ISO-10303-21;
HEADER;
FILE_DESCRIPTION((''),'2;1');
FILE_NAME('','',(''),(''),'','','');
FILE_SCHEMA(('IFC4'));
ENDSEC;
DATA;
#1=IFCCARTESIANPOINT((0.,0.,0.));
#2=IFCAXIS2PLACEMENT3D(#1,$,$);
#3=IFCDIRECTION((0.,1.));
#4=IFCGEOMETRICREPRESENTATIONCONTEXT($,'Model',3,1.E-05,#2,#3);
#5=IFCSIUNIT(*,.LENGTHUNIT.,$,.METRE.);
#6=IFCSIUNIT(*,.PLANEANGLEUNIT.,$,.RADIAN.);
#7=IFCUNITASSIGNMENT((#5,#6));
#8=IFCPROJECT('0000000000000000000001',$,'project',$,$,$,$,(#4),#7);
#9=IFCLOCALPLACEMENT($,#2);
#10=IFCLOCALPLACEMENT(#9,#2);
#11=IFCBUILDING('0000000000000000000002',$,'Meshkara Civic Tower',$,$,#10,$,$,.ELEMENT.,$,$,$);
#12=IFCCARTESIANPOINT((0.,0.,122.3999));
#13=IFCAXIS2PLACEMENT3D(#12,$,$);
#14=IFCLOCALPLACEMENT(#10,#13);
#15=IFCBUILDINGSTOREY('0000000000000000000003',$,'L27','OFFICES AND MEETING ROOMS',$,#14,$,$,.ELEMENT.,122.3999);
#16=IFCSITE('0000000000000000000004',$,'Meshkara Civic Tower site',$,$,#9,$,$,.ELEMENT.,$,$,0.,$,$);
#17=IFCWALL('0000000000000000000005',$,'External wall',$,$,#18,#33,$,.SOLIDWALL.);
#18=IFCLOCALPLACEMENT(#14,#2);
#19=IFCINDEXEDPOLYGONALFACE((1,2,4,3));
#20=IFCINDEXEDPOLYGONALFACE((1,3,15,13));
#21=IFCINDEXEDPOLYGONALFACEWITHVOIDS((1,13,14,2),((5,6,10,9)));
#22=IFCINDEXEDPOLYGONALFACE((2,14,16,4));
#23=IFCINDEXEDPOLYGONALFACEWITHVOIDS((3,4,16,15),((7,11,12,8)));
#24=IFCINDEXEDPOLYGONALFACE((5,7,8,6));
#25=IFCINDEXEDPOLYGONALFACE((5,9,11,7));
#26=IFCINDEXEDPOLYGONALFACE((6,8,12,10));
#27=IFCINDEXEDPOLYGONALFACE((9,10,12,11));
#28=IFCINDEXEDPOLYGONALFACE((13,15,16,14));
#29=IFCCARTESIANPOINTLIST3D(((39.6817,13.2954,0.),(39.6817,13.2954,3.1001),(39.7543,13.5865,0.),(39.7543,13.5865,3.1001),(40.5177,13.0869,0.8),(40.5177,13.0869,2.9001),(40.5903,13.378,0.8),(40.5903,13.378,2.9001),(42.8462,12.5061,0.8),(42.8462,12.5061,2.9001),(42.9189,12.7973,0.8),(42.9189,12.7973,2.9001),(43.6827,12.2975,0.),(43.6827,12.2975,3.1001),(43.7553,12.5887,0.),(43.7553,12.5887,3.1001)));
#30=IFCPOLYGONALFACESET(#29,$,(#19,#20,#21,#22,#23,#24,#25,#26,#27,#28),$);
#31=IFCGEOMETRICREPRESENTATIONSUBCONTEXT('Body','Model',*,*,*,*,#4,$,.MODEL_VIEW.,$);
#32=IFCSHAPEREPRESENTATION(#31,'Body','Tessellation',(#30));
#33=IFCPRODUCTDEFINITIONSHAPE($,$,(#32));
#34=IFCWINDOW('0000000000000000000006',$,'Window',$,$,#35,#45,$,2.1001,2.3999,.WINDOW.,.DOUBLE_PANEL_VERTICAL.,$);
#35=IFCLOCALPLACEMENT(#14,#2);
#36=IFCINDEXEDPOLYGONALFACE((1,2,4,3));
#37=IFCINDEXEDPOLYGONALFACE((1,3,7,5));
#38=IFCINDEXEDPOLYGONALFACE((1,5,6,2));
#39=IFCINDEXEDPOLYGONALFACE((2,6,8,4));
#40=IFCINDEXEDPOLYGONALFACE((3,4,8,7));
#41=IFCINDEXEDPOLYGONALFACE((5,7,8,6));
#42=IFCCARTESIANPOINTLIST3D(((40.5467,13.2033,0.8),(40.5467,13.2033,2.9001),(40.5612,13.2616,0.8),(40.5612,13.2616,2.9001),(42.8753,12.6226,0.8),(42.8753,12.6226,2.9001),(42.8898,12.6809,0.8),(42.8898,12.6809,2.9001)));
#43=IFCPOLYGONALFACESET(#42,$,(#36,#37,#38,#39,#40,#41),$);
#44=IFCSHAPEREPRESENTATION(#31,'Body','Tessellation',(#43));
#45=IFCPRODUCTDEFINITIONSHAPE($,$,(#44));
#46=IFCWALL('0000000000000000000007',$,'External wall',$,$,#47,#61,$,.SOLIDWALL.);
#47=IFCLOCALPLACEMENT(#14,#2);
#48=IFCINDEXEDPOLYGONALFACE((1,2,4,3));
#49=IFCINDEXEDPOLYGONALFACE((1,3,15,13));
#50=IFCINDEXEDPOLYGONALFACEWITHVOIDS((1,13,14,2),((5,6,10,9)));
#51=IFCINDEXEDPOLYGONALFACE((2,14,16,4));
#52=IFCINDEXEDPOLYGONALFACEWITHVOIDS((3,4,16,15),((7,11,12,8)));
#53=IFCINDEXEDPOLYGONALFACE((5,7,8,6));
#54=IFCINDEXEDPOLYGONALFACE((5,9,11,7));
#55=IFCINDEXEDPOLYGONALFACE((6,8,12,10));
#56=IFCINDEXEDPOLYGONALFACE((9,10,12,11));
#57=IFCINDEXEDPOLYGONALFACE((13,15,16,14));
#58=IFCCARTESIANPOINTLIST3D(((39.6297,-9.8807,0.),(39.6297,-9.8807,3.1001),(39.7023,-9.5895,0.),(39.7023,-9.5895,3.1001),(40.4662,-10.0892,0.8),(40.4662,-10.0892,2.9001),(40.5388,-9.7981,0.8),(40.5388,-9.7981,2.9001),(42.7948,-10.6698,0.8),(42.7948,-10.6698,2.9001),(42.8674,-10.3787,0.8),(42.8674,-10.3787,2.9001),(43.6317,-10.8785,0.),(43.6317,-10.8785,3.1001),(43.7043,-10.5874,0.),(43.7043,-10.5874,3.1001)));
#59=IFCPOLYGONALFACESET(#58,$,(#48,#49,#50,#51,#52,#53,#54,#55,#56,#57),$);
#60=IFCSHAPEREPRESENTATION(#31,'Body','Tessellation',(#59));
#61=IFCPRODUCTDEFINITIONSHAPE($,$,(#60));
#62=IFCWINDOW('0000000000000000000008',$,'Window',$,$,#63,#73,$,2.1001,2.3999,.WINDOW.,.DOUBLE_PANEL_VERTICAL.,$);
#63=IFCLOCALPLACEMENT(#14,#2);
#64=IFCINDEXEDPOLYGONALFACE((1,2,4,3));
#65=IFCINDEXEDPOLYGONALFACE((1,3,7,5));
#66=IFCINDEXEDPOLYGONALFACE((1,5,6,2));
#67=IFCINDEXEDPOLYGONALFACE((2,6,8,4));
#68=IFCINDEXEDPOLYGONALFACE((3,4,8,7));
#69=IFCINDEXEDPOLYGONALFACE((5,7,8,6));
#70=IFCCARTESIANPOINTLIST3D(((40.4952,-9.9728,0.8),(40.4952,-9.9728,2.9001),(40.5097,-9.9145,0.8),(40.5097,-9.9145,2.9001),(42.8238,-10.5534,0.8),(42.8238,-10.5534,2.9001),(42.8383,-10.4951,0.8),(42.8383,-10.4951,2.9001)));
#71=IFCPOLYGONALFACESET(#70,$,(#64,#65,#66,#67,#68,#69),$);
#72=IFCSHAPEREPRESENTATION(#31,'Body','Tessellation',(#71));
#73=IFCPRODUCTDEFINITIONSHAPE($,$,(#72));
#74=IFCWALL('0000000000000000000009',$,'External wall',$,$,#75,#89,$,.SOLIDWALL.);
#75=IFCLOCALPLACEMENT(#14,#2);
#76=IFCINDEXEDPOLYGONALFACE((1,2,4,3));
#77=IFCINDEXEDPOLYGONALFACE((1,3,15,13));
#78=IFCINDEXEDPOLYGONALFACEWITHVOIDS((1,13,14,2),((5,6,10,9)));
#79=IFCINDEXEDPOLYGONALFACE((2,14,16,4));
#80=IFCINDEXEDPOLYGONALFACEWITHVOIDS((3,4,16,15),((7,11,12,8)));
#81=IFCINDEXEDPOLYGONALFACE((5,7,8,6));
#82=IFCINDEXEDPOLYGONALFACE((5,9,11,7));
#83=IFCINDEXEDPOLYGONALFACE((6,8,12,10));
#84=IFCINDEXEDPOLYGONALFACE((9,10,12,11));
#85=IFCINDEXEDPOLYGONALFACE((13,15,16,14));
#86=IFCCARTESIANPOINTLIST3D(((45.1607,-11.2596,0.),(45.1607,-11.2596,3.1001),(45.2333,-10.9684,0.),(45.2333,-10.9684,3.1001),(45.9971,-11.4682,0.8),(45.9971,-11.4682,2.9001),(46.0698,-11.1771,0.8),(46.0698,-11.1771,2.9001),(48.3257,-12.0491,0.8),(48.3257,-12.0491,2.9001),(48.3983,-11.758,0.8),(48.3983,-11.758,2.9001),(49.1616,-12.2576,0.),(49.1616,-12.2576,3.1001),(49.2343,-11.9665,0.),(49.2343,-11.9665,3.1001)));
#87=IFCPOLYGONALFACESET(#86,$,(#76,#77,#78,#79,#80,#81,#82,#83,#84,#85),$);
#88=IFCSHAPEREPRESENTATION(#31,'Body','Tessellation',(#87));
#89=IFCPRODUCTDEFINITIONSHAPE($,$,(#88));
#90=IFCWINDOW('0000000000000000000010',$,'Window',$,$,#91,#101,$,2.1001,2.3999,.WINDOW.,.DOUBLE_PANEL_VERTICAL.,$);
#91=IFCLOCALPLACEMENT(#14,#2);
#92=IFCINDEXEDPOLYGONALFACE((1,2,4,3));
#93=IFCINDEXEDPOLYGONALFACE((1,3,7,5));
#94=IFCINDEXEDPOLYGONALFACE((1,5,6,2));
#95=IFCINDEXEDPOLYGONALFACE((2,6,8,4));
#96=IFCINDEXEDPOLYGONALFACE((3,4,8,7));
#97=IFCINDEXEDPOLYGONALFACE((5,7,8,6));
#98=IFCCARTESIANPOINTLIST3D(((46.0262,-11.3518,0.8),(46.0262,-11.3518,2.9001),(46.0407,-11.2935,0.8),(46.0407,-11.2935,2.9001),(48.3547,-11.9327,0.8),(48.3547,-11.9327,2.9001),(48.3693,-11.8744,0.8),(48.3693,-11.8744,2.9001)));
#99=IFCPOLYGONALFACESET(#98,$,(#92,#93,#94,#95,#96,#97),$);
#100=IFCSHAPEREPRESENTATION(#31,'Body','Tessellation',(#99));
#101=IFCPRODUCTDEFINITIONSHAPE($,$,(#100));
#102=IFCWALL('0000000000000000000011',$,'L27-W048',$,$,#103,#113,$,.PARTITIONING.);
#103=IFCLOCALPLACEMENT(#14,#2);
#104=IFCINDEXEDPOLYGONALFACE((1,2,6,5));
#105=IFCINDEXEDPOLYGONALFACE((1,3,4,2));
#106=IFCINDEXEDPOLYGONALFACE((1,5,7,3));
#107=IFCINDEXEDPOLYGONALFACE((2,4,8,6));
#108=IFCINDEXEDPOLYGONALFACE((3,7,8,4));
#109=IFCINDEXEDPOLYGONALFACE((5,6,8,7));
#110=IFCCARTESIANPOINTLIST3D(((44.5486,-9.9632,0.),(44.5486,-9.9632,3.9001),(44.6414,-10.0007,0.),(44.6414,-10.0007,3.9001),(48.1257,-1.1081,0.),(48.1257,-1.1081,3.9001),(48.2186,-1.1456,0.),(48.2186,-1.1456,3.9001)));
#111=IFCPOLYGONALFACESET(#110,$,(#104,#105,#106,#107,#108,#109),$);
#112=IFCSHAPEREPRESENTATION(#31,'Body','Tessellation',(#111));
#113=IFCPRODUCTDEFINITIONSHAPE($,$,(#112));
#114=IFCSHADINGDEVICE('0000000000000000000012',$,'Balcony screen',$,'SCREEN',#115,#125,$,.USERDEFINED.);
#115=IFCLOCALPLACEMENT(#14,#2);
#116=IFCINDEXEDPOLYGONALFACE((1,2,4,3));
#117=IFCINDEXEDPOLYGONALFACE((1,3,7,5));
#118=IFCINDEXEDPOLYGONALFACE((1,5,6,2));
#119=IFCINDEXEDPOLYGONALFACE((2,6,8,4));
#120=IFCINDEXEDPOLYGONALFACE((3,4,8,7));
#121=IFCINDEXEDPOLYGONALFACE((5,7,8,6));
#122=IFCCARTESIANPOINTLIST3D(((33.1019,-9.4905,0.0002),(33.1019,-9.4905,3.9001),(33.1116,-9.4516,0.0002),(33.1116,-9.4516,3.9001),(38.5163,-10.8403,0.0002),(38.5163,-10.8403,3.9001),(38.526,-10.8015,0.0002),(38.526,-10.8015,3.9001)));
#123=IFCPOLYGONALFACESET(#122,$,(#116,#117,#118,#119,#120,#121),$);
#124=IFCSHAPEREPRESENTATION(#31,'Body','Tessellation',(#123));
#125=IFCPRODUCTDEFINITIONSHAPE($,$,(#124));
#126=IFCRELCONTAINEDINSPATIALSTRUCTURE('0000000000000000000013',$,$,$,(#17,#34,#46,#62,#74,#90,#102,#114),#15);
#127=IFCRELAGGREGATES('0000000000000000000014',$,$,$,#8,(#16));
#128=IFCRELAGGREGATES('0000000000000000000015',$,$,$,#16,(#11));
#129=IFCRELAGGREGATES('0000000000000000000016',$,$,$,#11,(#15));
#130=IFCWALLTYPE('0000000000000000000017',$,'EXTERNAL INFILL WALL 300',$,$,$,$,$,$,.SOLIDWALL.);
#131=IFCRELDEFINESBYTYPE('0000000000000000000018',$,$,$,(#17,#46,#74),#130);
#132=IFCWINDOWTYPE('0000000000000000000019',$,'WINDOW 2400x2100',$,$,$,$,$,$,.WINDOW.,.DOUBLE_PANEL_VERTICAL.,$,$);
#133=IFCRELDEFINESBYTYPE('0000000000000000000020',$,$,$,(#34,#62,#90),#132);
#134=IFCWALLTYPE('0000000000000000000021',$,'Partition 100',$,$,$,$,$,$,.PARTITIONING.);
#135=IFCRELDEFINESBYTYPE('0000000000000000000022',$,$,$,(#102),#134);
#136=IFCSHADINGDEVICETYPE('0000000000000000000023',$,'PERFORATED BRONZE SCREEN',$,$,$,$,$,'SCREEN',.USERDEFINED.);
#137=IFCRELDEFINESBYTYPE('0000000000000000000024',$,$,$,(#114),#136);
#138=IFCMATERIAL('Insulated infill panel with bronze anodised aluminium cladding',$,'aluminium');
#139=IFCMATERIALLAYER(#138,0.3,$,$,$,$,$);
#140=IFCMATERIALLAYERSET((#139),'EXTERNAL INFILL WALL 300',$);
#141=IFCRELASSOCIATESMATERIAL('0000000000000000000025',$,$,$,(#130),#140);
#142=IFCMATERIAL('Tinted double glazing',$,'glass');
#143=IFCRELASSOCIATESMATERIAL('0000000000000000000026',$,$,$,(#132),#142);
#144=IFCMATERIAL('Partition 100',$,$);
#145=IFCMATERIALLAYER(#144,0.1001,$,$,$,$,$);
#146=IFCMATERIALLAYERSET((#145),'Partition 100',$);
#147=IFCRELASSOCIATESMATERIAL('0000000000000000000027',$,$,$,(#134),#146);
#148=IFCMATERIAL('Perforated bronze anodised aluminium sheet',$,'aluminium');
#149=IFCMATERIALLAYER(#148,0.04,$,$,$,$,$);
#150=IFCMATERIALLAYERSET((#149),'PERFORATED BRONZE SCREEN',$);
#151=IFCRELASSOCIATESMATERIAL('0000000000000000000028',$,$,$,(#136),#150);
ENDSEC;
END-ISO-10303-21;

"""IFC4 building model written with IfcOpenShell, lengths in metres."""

from ifc_helpers import new_model, si_unit, direction, frame, frame_2d, origin, origin_2d, place, context, subcontext, project, spatial, rectangle, extrude, material, layer, layer_set, type_object, element, fill, save


model = new_model("IFC4")

# Units and contexts
model_context = context("Model", 3, precision=1e-05, world=origin(), true_north=direction((0.0, 1.0)))
body_context = subcontext(model_context, "Body", "Model", "MODEL_VIEW")
ifc_project = project(units=[si_unit("LENGTHUNIT", "METRE"), si_unit("PLANEANGLEUNIT", "RADIAN")], contexts=[model_context])

# Site, building, storey
site_placement = place(None, origin())
site = spatial("IfcSite", under=ifc_project, at=site_placement, Name="Meshkara Civic Tower site", CompositionType="ELEMENT", RefElevation=0.0)
building_placement = place(site_placement, origin())
building = spatial("IfcBuilding", under=site, at=building_placement, Name="Meshkara Civic Tower", CompositionType="ELEMENT")
storey_placement = place(building_placement, frame((0.0, 0.0, 122.3999)))
storey = spatial("IfcBuildingStorey", under=building, at=storey_placement, Name="L27", Description="OFFICES AND MEETING ROOMS", CompositionType="ELEMENT", Elevation=122.3999)

# Walls, openings, windows
ifc_material_1 = material(Name="Insulated infill panel with bronze anodised aluminium cladding", Category="aluminium")
ifc_layer_1 = layer(ifc_material_1, 0.3)
ifc_layer_set_1 = layer_set([ifc_layer_1], Name="EXTERNAL INFILL WALL 300")
wall_type_1 = type_object("IfcWallType", Name="EXTERNAL INFILL WALL 300", PredefinedType="SOLIDWALL", material=ifc_layer_set_1)
wall_1_placement = place(storey_placement, frame((43.719, 12.4431, 0.0), z_axis=(0.0, 0.0, 1.0), x_axis=(-0.970282, 0.241978, 0.0)))
wall_1 = element("IfcWall", 1, at=wall_1_placement, inside=storey, type_object=wall_type_1, Name="External wall", PredefinedType="SOLIDWALL", context=body_context, shape_type="SweptSolid", body=[
    extrude(rectangle(XDim=4.1235, YDim=0.3, at=frame_2d((2.0618, 0.0))), origin(), (0.0, 0.0, 1.0), 3.1001),
])
opening_1_placement = place(wall_1_placement, frame((0.8621, 0.0, 0.8)))
opening_1 = element("IfcOpeningElement", 2, at=opening_1_placement, cuts=wall_1, PredefinedType="OPENING", context=body_context, shape_type="SweptSolid", body=[
    extrude(rectangle(XDim=2.3999, YDim=2.1001, at=frame_2d((1.2, 1.05))), frame((0.0, 0.1599, 0.0), z_axis=(0.0, -1.0, 0.0), x_axis=(1.0, 0.0, 0.0)), (0.0, 0.0, 1.0), 0.3201),
])
ifc_material_2 = material(Name="Tinted double glazing", Category="glass")
window_type = type_object("IfcWindowType", Name="WINDOW 2400x2100", PartitioningType="DOUBLE_PANEL_VERTICAL", PredefinedType="WINDOW", material=ifc_material_2)
window_1_placement = place(opening_1_placement, origin())
window_1 = element("IfcWindow", 3, at=window_1_placement, inside=storey, type_object=window_type, Name="Window", OverallHeight=2.1001, OverallWidth=2.3999, PartitioningType="DOUBLE_PANEL_VERTICAL", PredefinedType="WINDOW", context=body_context, shape_type="SweptSolid", body=[
    extrude(rectangle(XDim=2.3999, YDim=2.1001, at=frame_2d((1.2, 1.05))), frame((0.0, 0.03, 0.0), z_axis=(0.0, -1.0, 0.0), x_axis=(1.0, 0.0, 0.0)), (0.0, 0.0, 1.0), 0.0601),
])
fill(opening_1, window_1)
wall_2_placement = place(storey_placement, frame((39.666, -9.7351, 0.0), z_axis=(0.0, 0.0, 1.0), x_axis=(0.970296, -0.241923, 0.0)))
wall_2 = element("IfcWall", 4, at=wall_2_placement, inside=storey, type_object=wall_type_1, Name="External wall", PredefinedType="SOLIDWALL", context=body_context, shape_type="SweptSolid", body=[
    extrude(rectangle(XDim=4.1245, YDim=0.3, at=frame_2d((2.0623, 0.0))), origin(), (0.0, 0.0, 1.0), 3.1001),
])
opening_2_placement = place(wall_2_placement, frame((0.8621, 0.0, 0.8)))
opening_2 = element("IfcOpeningElement", 5, at=opening_2_placement, cuts=wall_2, PredefinedType="OPENING", context=body_context, shape_type="SweptSolid", body=[
    extrude(rectangle(XDim=2.3999, YDim=2.1001, at=frame_2d((1.2, 1.05))), frame((0.0, 0.1599, 0.0), z_axis=(0.0, -1.0, 0.0), x_axis=(1.0, 0.0, 0.0)), (0.0, 0.0, 1.0), 0.3201),
])
window_2_placement = place(opening_2_placement, origin())
window_2 = element("IfcWindow", 6, at=window_2_placement, inside=storey, type_object=window_type, Name="Window", OverallHeight=2.1001, OverallWidth=2.3999, PartitioningType="DOUBLE_PANEL_VERTICAL", PredefinedType="WINDOW", context=body_context, shape_type="SweptSolid", body=[
    extrude(rectangle(XDim=2.3999, YDim=2.1001, at=frame_2d((1.2, 1.05))), frame((0.0, 0.03, 0.0), z_axis=(0.0, -1.0, 0.0), x_axis=(1.0, 0.0, 0.0)), (0.0, 0.0, 1.0), 0.0601),
])
fill(opening_2, window_2)
wall_3_placement = place(storey_placement, frame((45.197, -11.114, 0.0), z_axis=(0.0, 0.0, 1.0), x_axis=(0.970268, -0.242034, 0.0)))
wall_3 = element("IfcWall", 7, at=wall_3_placement, inside=storey, type_object=wall_type_1, Name="External wall", PredefinedType="SOLIDWALL", context=body_context, shape_type="SweptSolid", body=[
    extrude(rectangle(XDim=4.1235, YDim=0.3, at=frame_2d((2.0618, 0.0))), origin(), (0.0, 0.0, 1.0), 3.1001),
])
opening_3_placement = place(wall_3_placement, frame((0.8621, 0.0, 0.8)))
opening_3 = element("IfcOpeningElement", 8, at=opening_3_placement, cuts=wall_3, PredefinedType="OPENING", context=body_context, shape_type="SweptSolid", body=[
    extrude(rectangle(XDim=2.3999, YDim=2.1001, at=frame_2d((1.2, 1.05))), frame((0.0, 0.1599, 0.0), z_axis=(0.0, -1.0, 0.0), x_axis=(1.0, 0.0, 0.0)), (0.0, 0.0, 1.0), 0.3201),
])
window_3_placement = place(opening_3_placement, origin())
window_3 = element("IfcWindow", 9, at=window_3_placement, inside=storey, type_object=window_type, Name="Window", OverallHeight=2.1001, OverallWidth=2.3999, PartitioningType="DOUBLE_PANEL_VERTICAL", PredefinedType="WINDOW", context=body_context, shape_type="SweptSolid", body=[
    extrude(rectangle(XDim=2.3999, YDim=2.1001, at=frame_2d((1.2, 1.05))), frame((0.0, 0.03, 0.0), z_axis=(0.0, -1.0, 0.0), x_axis=(1.0, 0.0, 0.0)), (0.0, 0.0, 1.0), 0.0601),
])
fill(opening_3, window_3)

# Wall
ifc_material_3 = material(Name="Partition 100")
ifc_layer_2 = layer(ifc_material_3, 0.1001)
ifc_layer_set_2 = layer_set([ifc_layer_2], Name="Partition 100")
wall_type_2 = type_object("IfcWallType", Name="Partition 100", PredefinedType="PARTITIONING", material=ifc_layer_set_2)
wall_4_placement = place(storey_placement, frame((44.595, -9.9819, 0.0), z_axis=(0.0, 0.0, 1.0), x_axis=(0.374562, 0.927202, 0.0)))
element("IfcWall", 10, at=wall_4_placement, inside=storey, type_object=wall_type_2, Name="L27-W048", PredefinedType="PARTITIONING", context=body_context, shape_type="SweptSolid", body=[
    extrude(rectangle(XDim=9.5503, YDim=0.1001, at=frame_2d((4.7751, 0.0))), origin(), (0.0, 0.0, 1.0), 3.9001),
])

# Shading device
ifc_material_4 = material(Name="Perforated bronze anodised aluminium sheet", Category="aluminium")
ifc_layer_3 = layer(ifc_material_4, 0.04)
ifc_layer_set_3 = layer_set([ifc_layer_3], Name="PERFORATED BRONZE SCREEN")
shading_device_type = type_object("IfcShadingDeviceType", Name="PERFORATED BRONZE SCREEN", ElementType="SCREEN", PredefinedType="USERDEFINED", material=ifc_layer_set_3)
shading_device_placement = place(storey_placement, frame((35.814, -10.146, 0.0002), z_axis=(0.0, 0.0, 1.0), x_axis=(0.9703, -0.241905, 0.0)))
element("IfcShadingDevice", 11, at=shading_device_placement, inside=storey, type_object=shading_device_type, Name="Balcony screen", ObjectType="SCREEN", PredefinedType="USERDEFINED", context=body_context, shape_type="SweptSolid", body=[
    extrude(rectangle(XDim=5.5801, YDim=0.04, at=origin_2d()), origin(), (0.0, 0.0, 1.0), 3.8999),
])

save(model, "model.ifc")
